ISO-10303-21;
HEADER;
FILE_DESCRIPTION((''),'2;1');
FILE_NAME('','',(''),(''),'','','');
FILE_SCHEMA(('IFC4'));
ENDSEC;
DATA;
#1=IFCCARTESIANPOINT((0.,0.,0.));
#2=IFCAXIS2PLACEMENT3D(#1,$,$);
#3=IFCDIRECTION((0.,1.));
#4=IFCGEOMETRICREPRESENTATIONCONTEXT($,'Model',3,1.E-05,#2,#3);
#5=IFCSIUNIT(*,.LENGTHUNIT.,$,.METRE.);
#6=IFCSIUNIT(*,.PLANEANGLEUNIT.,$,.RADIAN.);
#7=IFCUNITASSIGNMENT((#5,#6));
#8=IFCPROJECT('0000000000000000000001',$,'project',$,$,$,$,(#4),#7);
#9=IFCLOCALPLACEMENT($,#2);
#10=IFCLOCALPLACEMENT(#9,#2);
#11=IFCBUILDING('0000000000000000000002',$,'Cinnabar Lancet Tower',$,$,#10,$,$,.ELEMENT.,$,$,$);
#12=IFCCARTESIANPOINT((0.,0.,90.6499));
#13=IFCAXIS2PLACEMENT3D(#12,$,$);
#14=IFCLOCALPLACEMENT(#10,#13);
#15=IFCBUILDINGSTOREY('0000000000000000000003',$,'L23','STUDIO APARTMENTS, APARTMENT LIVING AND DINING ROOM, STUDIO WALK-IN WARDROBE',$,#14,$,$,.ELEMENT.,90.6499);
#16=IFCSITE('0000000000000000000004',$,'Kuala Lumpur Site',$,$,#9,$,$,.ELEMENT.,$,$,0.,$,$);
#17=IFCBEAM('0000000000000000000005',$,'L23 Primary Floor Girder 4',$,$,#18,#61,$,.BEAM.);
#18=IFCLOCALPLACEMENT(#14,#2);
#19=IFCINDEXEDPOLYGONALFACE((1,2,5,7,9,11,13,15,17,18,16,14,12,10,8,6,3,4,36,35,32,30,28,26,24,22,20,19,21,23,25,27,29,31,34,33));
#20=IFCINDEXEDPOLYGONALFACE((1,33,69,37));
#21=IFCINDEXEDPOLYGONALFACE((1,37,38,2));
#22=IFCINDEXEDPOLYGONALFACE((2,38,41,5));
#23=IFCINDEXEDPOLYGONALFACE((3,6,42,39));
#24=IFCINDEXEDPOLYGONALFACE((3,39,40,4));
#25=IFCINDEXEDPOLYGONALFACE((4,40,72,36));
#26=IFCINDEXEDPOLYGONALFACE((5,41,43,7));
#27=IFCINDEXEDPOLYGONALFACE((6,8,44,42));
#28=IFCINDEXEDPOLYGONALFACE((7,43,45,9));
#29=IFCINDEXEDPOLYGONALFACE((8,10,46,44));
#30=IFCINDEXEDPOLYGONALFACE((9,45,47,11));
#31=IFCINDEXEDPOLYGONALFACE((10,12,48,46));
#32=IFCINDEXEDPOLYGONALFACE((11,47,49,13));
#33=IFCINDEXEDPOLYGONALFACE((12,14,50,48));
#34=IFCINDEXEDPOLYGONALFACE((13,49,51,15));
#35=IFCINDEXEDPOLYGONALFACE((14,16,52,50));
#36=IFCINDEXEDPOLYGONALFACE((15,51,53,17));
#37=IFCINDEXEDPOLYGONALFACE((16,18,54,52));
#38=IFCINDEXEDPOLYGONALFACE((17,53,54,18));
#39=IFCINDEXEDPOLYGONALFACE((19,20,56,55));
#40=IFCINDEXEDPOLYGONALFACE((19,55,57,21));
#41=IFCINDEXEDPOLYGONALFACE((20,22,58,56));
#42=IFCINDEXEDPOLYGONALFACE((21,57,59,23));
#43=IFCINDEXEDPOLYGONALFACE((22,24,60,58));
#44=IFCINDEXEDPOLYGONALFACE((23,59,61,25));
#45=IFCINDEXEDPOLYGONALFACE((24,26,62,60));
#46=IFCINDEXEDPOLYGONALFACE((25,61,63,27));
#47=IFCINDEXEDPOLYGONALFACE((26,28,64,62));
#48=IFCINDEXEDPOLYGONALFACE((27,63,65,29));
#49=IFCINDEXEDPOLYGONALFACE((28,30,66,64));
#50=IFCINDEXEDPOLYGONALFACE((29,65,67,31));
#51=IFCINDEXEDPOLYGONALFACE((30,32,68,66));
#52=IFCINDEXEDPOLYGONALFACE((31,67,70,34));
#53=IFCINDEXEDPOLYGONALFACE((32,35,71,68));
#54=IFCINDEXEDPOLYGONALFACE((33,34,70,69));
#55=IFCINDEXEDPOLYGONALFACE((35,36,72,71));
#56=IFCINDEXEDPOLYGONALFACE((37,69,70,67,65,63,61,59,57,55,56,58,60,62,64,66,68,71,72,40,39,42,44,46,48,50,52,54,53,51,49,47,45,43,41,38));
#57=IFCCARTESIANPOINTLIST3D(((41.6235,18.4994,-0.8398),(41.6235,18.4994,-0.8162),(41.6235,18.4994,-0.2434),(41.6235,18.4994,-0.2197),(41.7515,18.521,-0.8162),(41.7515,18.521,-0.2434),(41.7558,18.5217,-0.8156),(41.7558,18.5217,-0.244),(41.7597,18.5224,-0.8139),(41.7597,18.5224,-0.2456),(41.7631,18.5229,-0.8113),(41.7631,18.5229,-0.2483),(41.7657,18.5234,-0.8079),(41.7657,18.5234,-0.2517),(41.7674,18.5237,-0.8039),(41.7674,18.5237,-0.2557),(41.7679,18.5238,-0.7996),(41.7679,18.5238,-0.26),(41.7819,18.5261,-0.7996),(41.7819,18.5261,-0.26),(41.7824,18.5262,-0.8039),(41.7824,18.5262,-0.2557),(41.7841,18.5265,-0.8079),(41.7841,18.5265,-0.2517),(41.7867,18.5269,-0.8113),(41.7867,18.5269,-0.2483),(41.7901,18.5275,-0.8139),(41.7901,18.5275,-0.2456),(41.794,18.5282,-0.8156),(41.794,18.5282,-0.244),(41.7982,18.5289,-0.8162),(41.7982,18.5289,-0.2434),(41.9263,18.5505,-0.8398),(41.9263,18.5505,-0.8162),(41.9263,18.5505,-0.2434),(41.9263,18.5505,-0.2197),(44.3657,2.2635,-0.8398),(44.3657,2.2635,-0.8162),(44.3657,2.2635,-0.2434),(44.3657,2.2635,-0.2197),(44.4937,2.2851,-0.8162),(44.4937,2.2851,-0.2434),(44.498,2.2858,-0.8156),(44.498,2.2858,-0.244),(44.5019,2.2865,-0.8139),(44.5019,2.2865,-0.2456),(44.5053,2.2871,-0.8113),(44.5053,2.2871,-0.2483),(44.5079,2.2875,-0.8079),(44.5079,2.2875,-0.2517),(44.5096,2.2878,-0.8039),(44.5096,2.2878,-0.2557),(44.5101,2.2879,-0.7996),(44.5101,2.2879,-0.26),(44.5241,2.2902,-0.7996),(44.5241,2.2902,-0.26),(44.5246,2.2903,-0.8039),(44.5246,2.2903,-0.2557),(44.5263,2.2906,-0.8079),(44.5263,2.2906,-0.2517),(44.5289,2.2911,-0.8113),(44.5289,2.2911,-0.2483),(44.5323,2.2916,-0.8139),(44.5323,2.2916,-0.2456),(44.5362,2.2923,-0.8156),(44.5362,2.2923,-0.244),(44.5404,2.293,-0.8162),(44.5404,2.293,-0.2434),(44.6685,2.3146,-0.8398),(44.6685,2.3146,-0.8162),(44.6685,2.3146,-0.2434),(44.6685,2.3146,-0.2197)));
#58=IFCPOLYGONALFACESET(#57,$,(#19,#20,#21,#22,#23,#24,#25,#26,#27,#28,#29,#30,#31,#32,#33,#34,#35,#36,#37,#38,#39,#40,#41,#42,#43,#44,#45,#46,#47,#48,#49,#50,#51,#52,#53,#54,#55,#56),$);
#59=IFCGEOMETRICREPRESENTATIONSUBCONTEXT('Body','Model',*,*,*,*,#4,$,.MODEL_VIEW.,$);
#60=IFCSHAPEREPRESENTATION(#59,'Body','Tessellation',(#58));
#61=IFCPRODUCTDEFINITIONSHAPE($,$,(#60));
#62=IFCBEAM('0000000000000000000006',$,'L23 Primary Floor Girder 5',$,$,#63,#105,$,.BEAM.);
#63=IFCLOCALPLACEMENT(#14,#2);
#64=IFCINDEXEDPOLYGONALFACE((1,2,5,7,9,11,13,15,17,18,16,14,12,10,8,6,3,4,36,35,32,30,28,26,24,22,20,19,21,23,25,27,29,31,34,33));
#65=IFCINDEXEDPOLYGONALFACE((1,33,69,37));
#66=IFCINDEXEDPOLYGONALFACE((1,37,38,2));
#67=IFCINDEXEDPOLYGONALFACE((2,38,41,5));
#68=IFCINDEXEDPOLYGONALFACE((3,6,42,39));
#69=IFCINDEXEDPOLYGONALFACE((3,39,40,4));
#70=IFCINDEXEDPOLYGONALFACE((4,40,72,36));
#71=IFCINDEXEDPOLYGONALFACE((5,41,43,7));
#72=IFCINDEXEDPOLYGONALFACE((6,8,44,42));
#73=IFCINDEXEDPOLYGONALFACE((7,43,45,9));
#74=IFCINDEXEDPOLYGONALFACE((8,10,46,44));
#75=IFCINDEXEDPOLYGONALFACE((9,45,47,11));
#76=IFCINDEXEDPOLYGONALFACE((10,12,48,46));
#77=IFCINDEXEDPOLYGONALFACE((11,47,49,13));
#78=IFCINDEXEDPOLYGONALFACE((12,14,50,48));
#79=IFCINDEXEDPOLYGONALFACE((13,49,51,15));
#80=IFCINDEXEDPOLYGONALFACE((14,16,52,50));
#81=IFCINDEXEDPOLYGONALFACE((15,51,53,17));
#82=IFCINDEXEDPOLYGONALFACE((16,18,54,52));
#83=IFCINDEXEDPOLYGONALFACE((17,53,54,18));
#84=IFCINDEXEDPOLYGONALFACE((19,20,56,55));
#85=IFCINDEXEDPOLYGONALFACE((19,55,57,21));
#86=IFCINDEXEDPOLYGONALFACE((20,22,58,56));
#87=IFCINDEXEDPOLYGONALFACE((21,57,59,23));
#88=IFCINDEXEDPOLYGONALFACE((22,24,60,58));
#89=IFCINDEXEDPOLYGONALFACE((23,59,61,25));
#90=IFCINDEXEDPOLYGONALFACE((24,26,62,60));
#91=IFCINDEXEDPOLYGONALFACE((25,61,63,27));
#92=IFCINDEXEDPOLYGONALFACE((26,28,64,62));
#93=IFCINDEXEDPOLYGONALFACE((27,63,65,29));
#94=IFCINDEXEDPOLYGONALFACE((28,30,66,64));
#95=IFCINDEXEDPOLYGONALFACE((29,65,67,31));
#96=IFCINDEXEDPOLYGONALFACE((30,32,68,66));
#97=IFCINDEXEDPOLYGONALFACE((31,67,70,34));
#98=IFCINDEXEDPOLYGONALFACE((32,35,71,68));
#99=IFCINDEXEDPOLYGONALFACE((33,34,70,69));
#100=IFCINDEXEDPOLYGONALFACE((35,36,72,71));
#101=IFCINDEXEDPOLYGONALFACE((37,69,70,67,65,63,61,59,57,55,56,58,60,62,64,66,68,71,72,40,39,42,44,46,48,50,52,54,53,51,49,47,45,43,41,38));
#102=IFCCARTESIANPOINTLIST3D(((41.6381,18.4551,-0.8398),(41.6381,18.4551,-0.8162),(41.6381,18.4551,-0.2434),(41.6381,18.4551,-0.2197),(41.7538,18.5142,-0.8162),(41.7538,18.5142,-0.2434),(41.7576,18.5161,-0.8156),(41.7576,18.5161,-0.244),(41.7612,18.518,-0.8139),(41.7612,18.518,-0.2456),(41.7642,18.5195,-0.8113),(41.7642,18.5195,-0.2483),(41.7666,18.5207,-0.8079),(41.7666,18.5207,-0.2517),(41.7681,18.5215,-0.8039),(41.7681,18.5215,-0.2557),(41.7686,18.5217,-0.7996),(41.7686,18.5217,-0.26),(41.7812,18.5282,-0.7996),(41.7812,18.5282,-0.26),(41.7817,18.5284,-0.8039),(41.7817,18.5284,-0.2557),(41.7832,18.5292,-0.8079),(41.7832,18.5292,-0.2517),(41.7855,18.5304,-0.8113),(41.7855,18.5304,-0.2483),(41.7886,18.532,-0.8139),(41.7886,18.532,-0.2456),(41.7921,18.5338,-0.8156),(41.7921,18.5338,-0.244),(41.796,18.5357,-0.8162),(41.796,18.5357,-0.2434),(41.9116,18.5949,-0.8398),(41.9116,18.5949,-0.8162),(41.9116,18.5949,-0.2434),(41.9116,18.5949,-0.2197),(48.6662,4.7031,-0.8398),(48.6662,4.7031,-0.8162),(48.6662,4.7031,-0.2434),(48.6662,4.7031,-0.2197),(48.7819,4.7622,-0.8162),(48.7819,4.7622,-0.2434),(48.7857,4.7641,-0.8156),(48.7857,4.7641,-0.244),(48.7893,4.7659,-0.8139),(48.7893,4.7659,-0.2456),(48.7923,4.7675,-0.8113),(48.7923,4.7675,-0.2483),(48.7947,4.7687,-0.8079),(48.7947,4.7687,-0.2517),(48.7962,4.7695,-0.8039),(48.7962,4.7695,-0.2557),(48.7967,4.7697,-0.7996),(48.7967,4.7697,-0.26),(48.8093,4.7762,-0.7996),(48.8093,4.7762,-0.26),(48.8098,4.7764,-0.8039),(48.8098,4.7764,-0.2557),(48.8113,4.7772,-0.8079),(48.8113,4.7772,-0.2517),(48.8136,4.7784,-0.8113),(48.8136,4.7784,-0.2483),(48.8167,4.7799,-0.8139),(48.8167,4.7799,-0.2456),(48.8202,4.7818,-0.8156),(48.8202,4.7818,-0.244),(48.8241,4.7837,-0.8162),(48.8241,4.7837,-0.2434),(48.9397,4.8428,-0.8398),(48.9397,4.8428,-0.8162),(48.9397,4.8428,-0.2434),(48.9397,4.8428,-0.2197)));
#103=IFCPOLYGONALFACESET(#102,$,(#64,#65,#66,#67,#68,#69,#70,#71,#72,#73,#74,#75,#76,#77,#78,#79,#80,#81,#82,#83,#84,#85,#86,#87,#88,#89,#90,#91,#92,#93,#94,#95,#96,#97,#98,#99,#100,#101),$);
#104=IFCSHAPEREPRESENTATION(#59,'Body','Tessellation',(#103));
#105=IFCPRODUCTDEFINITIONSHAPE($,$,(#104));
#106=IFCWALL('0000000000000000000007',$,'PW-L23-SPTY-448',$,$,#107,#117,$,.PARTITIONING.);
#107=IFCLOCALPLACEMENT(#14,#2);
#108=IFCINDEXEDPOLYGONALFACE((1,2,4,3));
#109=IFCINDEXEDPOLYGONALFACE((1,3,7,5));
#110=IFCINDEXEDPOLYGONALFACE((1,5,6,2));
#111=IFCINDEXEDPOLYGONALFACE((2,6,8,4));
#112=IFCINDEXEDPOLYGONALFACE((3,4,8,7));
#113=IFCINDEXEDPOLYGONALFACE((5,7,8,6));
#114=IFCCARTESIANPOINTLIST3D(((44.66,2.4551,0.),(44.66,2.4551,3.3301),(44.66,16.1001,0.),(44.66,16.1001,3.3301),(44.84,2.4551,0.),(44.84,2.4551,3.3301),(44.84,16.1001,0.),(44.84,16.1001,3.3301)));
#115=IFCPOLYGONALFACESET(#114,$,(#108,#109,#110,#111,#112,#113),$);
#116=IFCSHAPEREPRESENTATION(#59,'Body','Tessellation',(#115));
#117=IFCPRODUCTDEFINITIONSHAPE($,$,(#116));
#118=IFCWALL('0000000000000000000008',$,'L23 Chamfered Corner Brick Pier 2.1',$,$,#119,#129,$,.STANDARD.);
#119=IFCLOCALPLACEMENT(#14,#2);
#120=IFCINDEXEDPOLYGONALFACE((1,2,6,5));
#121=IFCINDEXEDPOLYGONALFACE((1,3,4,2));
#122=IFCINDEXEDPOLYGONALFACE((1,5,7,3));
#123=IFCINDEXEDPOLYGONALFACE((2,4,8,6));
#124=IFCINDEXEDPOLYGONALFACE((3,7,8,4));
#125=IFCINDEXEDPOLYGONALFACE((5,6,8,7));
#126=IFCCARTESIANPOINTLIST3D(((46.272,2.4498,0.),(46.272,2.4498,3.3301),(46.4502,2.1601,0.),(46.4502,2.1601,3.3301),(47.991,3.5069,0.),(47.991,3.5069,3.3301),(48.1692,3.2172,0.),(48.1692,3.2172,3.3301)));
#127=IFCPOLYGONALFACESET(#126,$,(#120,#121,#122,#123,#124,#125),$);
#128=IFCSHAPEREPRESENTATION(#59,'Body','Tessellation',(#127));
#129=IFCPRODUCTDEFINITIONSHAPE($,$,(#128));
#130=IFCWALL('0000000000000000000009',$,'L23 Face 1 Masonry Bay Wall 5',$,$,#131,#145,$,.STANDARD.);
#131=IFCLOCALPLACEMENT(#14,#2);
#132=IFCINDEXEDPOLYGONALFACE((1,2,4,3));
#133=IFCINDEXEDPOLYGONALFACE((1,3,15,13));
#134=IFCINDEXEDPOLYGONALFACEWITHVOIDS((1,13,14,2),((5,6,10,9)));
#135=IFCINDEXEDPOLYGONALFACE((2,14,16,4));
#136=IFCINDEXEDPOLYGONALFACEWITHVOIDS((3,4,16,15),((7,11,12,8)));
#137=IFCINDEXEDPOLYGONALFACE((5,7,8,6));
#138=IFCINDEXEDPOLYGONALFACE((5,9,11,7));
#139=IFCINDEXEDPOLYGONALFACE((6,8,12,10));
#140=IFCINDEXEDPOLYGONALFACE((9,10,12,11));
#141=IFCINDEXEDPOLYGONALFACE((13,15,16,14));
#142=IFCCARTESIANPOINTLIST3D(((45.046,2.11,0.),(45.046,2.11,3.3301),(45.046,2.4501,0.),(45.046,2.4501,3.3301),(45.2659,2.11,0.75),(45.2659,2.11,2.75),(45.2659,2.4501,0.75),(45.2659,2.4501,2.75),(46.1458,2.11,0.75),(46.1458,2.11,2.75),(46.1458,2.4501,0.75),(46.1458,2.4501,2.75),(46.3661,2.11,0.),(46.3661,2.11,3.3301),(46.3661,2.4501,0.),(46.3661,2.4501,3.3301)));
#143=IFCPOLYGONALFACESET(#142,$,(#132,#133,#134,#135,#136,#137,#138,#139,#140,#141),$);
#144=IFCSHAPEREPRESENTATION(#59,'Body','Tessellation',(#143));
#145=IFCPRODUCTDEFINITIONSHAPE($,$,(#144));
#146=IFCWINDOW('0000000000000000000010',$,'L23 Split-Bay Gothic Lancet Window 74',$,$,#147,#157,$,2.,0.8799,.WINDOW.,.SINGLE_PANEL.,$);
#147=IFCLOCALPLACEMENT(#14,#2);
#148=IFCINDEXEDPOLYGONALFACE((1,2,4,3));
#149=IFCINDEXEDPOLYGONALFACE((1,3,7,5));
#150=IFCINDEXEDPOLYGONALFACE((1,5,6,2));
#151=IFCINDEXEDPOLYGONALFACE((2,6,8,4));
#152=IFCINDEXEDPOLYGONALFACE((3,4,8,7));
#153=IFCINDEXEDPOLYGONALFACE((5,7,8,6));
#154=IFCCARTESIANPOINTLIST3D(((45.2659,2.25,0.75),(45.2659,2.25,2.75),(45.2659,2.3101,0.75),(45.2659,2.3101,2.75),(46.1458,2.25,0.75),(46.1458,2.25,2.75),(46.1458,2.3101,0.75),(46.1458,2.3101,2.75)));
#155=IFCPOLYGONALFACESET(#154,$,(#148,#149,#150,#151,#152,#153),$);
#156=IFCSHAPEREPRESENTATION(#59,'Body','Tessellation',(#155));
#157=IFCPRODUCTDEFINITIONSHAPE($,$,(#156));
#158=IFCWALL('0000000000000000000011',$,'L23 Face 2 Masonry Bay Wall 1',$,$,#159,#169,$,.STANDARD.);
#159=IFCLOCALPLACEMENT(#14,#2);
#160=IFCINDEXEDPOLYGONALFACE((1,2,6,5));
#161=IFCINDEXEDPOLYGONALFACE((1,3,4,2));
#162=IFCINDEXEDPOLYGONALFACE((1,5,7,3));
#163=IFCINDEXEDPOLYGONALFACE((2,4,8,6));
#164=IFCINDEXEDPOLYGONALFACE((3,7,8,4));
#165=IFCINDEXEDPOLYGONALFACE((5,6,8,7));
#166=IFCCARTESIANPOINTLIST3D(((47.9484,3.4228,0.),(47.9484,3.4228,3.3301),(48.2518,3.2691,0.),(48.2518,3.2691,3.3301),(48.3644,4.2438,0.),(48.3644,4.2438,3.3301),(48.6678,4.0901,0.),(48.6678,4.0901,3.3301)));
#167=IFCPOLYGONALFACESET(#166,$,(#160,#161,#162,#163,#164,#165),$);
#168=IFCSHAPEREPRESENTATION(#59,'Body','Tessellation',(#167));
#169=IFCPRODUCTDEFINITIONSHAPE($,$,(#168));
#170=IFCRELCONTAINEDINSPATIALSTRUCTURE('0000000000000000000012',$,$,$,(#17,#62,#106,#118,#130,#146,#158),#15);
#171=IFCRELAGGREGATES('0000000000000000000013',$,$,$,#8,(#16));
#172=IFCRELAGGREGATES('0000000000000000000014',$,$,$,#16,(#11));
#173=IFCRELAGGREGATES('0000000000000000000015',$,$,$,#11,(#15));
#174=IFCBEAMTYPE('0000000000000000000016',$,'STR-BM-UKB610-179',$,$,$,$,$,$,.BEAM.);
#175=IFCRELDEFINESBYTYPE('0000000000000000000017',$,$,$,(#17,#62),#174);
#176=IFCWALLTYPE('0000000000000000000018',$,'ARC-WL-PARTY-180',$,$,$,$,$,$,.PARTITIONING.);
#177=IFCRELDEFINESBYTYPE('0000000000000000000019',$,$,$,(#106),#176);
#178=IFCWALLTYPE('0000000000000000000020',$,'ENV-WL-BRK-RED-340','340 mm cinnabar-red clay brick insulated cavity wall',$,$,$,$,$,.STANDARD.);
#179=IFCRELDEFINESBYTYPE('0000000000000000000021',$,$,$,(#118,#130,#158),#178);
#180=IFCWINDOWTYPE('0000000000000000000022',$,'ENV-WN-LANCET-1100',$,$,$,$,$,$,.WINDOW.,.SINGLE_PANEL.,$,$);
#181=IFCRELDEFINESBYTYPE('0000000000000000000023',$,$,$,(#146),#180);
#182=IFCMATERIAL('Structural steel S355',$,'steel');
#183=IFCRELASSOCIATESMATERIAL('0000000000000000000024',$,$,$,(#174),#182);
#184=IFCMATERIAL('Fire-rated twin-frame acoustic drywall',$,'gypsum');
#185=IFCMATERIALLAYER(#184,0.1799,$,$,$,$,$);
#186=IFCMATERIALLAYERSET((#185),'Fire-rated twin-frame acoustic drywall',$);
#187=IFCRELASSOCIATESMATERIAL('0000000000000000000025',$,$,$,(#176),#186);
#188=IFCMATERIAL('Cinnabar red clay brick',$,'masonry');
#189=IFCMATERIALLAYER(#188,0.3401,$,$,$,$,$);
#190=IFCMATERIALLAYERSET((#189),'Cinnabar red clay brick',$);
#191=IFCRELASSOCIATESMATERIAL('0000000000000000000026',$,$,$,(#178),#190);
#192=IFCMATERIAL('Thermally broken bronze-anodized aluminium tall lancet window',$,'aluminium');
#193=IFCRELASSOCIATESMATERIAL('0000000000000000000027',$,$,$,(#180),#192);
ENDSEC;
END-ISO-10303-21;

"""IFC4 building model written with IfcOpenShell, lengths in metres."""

from ifc_helpers import new_model, si_unit, direction, frame, frame_2d, origin, origin_2d, place, context, subcontext, project, spatial, rectangle, i_section, extrude, material, layer, layer_set, material_profile, profile_set, type_object, element, fill, save


model = new_model("IFC4")

# Units and contexts
model_context = context("Model", 3, precision=1e-05, world=origin(), true_north=direction((0.0, 1.0)))
body_context = subcontext(model_context, "Body", "Model", "MODEL_VIEW")
ifc_project = project(units=[si_unit("LENGTHUNIT", "METRE"), si_unit("PLANEANGLEUNIT", "RADIAN")], contexts=[model_context])

# Site, building, storey
site_placement = place(None, origin())
site = spatial("IfcSite", under=ifc_project, at=site_placement, Name="Kuala Lumpur Site", CompositionType="ELEMENT", RefElevation=0.0)
building_placement = place(site_placement, origin())
building = spatial("IfcBuilding", under=site, at=building_placement, Name="Cinnabar Lancet Tower", CompositionType="ELEMENT")
storey_placement = place(building_placement, frame((0.0, 0.0, 90.6499)))
storey = spatial("IfcBuildingStorey", under=building, at=storey_placement, Name="L23", Description="STUDIO APARTMENTS, APARTMENT LIVING AND DINING ROOM, STUDIO WALK-IN WARDROBE", CompositionType="ELEMENT", Elevation=90.6499)

# Beams
ifc_material_1 = material(Name="Structural steel S355", Category="steel")
ifc_material_profile_1 = material_profile(ifc_material_1, i_section(OverallWidth=0.3071, OverallDepth=0.6201, WebThickness=0.0142, FlangeThickness=0.0237, FilletRadius=0.0166, at=origin_2d()), Name="UKB 610x305x179")
ifc_profile_set_1 = profile_set([ifc_material_profile_1], Name="Structural steel S355")
beam_type_1 = type_object("IfcBeamType", Name="STR-BM-UKB610-179", PredefinedType="BEAM", material=ifc_profile_set_1)
beam_1_placement = place(storey_placement, frame((44.5171, 2.2891, -0.5298), z_axis=(-0.166539, 0.986035, 0.0), x_axis=(-0.986035, -0.166539, 0.0)))
element("IfcBeam", 1, at=beam_1_placement, inside=storey, type_object=beam_type_1, Name="L23 Primary Floor Girder 4", PredefinedType="BEAM", context=body_context, shape_type="SweptSolid", body=[
    extrude(i_section(OverallWidth=0.3071, OverallDepth=0.6201, WebThickness=0.0142, FlangeThickness=0.0237, FilletRadius=0.0166, at=origin_2d()), origin(), (0.0, 0.0, 1.0), 16.4658),
])
beam_2_placement = place(storey_placement, frame((48.803, 4.7729, -0.5298), z_axis=(-0.455075, 0.890453, 0.0), x_axis=(-0.890453, -0.455075, 0.0)))
element("IfcBeam", 2, at=beam_2_placement, inside=storey, type_object=beam_type_1, Name="L23 Primary Floor Girder 5", PredefinedType="BEAM", context=body_context, shape_type="SweptSolid", body=[
    extrude(i_section(OverallWidth=0.3071, OverallDepth=0.6201, WebThickness=0.0142, FlangeThickness=0.0237, FilletRadius=0.0166, at=origin_2d()), origin(), (0.0, 0.0, 1.0), 15.4438),
])

# Walls
ifc_material_2 = material(Name="Fire-rated twin-frame acoustic drywall", Category="gypsum")
ifc_layer_1 = layer(ifc_material_2, 0.1799)
ifc_layer_set_1 = layer_set([ifc_layer_1], Name="Fire-rated twin-frame acoustic drywall")
wall_type_1 = type_object("IfcWallType", Name="ARC-WL-PARTY-180", PredefinedType="PARTITIONING", material=ifc_layer_set_1)
wall_1_placement = place(storey_placement, frame((44.75, 2.4551, 0.0), z_axis=(0.0, 0.0, 1.0), x_axis=(0.0, 1.0, 0.0)))
element("IfcWall", 3, at=wall_1_placement, inside=storey, type_object=wall_type_1, Name="PW-L23-SPTY-448", PredefinedType="PARTITIONING", context=body_context, shape_type="SweptSolid", body=[
    extrude(rectangle(XDim=13.645, YDim=0.1799, at=frame_2d((6.8225, 0.0))), origin(), (0.0, 0.0, 1.0), 3.3301),
])
ifc_material_3 = material(Name="Cinnabar red clay brick", Category="masonry")
ifc_layer_2 = layer(ifc_material_3, 0.3401)
ifc_layer_set_2 = layer_set([ifc_layer_2], Name="Cinnabar red clay brick")
wall_type_2 = type_object("IfcWallType", Name="ENV-WL-BRK-RED-340", Description="340 mm cinnabar-red clay brick insulated cavity wall", PredefinedType="STANDARD", material=ifc_layer_set_2)
wall_2_placement = place(storey_placement, frame((46.3611, 2.3049, 0.0), z_axis=(0.0, 0.0, 1.0), x_axis=(0.851816, 0.523841, 0.0)))
element("IfcWall", 4, at=wall_2_placement, inside=storey, type_object=wall_type_2, Name="L23 Chamfered Corner Brick Pier 2.1", PredefinedType="STANDARD", context=body_context, shape_type="SweptSolid", body=[
    extrude(rectangle(XDim=2.0181, YDim=0.3401, at=frame_2d((1.009, 0.0))), origin(), (0.0, 0.0, 1.0), 3.3301),
])

# Wall, opening, window
wall_3_placement = place(storey_placement, frame((45.0459, 2.28, 0.0), z_axis=(0.0, 0.0, 1.0), x_axis=(1.0, 0.0, 0.0)))
wall_3 = element("IfcWall", 5, at=wall_3_placement, inside=storey, type_object=wall_type_2, Name="L23 Face 1 Masonry Bay Wall 5", PredefinedType="STANDARD", context=body_context, shape_type="SweptSolid", body=[
    extrude(rectangle(XDim=1.3201, YDim=0.3401, at=frame_2d((0.6602, 0.0))), origin(), (0.0, 0.0, 1.0), 3.3301),
])
opening_1_placement = place(wall_3_placement, frame((0.22, 0.0, 0.75)))
opening_1 = element("IfcOpeningElement", 6, at=opening_1_placement, cuts=wall_3, PredefinedType="OPENING", context=body_context, shape_type="SweptSolid", body=[
    extrude(rectangle(XDim=0.8799, YDim=2.0, at=frame_2d((0.4399, 1.0))), frame((0.0, 0.1799, 0.0), z_axis=(0.0, -1.0, 0.0), x_axis=(1.0, 0.0, 0.0)), (0.0, 0.0, 1.0), 0.3601),
])
ifc_material_4 = material(Name="Thermally broken bronze-anodized aluminium tall lancet window", Category="aluminium")
window_type = type_object("IfcWindowType", Name="ENV-WN-LANCET-1100", PartitioningType="SINGLE_PANEL", PredefinedType="WINDOW", material=ifc_material_4)
window_1_placement = place(opening_1_placement, origin())
window_1 = element("IfcWindow", 7, at=window_1_placement, inside=storey, type_object=window_type, Name="L23 Split-Bay Gothic Lancet Window 74", OverallHeight=2.0, OverallWidth=0.8799, PartitioningType="SINGLE_PANEL", PredefinedType="WINDOW", context=body_context, shape_type="SweptSolid", body=[
    extrude(rectangle(XDim=0.8799, YDim=2.0, at=frame_2d((0.4399, 1.0))), frame((0.0, 0.03, 0.0), z_axis=(0.0, -1.0, 0.0), x_axis=(1.0, 0.0, 0.0)), (0.0, 0.0, 1.0), 0.0601),
])
fill(opening_1, window_1)

# Wall
wall_4_placement = place(storey_placement, frame((48.1001, 3.3459, 0.0), z_axis=(0.0, 0.0, 1.0), x_axis=(0.451982, 0.892027, 0.0)))
element("IfcWall", 8, at=wall_4_placement, inside=storey, type_object=wall_type_2, Name="L23 Face 2 Masonry Bay Wall 1", PredefinedType="STANDARD", context=body_context, shape_type="SweptSolid", body=[
    extrude(rectangle(XDim=0.9204, YDim=0.3401, at=frame_2d((0.4602, 0.0))), origin(), (0.0, 0.0, 1.0), 3.3301),
])

save(model, "model.ifc")
